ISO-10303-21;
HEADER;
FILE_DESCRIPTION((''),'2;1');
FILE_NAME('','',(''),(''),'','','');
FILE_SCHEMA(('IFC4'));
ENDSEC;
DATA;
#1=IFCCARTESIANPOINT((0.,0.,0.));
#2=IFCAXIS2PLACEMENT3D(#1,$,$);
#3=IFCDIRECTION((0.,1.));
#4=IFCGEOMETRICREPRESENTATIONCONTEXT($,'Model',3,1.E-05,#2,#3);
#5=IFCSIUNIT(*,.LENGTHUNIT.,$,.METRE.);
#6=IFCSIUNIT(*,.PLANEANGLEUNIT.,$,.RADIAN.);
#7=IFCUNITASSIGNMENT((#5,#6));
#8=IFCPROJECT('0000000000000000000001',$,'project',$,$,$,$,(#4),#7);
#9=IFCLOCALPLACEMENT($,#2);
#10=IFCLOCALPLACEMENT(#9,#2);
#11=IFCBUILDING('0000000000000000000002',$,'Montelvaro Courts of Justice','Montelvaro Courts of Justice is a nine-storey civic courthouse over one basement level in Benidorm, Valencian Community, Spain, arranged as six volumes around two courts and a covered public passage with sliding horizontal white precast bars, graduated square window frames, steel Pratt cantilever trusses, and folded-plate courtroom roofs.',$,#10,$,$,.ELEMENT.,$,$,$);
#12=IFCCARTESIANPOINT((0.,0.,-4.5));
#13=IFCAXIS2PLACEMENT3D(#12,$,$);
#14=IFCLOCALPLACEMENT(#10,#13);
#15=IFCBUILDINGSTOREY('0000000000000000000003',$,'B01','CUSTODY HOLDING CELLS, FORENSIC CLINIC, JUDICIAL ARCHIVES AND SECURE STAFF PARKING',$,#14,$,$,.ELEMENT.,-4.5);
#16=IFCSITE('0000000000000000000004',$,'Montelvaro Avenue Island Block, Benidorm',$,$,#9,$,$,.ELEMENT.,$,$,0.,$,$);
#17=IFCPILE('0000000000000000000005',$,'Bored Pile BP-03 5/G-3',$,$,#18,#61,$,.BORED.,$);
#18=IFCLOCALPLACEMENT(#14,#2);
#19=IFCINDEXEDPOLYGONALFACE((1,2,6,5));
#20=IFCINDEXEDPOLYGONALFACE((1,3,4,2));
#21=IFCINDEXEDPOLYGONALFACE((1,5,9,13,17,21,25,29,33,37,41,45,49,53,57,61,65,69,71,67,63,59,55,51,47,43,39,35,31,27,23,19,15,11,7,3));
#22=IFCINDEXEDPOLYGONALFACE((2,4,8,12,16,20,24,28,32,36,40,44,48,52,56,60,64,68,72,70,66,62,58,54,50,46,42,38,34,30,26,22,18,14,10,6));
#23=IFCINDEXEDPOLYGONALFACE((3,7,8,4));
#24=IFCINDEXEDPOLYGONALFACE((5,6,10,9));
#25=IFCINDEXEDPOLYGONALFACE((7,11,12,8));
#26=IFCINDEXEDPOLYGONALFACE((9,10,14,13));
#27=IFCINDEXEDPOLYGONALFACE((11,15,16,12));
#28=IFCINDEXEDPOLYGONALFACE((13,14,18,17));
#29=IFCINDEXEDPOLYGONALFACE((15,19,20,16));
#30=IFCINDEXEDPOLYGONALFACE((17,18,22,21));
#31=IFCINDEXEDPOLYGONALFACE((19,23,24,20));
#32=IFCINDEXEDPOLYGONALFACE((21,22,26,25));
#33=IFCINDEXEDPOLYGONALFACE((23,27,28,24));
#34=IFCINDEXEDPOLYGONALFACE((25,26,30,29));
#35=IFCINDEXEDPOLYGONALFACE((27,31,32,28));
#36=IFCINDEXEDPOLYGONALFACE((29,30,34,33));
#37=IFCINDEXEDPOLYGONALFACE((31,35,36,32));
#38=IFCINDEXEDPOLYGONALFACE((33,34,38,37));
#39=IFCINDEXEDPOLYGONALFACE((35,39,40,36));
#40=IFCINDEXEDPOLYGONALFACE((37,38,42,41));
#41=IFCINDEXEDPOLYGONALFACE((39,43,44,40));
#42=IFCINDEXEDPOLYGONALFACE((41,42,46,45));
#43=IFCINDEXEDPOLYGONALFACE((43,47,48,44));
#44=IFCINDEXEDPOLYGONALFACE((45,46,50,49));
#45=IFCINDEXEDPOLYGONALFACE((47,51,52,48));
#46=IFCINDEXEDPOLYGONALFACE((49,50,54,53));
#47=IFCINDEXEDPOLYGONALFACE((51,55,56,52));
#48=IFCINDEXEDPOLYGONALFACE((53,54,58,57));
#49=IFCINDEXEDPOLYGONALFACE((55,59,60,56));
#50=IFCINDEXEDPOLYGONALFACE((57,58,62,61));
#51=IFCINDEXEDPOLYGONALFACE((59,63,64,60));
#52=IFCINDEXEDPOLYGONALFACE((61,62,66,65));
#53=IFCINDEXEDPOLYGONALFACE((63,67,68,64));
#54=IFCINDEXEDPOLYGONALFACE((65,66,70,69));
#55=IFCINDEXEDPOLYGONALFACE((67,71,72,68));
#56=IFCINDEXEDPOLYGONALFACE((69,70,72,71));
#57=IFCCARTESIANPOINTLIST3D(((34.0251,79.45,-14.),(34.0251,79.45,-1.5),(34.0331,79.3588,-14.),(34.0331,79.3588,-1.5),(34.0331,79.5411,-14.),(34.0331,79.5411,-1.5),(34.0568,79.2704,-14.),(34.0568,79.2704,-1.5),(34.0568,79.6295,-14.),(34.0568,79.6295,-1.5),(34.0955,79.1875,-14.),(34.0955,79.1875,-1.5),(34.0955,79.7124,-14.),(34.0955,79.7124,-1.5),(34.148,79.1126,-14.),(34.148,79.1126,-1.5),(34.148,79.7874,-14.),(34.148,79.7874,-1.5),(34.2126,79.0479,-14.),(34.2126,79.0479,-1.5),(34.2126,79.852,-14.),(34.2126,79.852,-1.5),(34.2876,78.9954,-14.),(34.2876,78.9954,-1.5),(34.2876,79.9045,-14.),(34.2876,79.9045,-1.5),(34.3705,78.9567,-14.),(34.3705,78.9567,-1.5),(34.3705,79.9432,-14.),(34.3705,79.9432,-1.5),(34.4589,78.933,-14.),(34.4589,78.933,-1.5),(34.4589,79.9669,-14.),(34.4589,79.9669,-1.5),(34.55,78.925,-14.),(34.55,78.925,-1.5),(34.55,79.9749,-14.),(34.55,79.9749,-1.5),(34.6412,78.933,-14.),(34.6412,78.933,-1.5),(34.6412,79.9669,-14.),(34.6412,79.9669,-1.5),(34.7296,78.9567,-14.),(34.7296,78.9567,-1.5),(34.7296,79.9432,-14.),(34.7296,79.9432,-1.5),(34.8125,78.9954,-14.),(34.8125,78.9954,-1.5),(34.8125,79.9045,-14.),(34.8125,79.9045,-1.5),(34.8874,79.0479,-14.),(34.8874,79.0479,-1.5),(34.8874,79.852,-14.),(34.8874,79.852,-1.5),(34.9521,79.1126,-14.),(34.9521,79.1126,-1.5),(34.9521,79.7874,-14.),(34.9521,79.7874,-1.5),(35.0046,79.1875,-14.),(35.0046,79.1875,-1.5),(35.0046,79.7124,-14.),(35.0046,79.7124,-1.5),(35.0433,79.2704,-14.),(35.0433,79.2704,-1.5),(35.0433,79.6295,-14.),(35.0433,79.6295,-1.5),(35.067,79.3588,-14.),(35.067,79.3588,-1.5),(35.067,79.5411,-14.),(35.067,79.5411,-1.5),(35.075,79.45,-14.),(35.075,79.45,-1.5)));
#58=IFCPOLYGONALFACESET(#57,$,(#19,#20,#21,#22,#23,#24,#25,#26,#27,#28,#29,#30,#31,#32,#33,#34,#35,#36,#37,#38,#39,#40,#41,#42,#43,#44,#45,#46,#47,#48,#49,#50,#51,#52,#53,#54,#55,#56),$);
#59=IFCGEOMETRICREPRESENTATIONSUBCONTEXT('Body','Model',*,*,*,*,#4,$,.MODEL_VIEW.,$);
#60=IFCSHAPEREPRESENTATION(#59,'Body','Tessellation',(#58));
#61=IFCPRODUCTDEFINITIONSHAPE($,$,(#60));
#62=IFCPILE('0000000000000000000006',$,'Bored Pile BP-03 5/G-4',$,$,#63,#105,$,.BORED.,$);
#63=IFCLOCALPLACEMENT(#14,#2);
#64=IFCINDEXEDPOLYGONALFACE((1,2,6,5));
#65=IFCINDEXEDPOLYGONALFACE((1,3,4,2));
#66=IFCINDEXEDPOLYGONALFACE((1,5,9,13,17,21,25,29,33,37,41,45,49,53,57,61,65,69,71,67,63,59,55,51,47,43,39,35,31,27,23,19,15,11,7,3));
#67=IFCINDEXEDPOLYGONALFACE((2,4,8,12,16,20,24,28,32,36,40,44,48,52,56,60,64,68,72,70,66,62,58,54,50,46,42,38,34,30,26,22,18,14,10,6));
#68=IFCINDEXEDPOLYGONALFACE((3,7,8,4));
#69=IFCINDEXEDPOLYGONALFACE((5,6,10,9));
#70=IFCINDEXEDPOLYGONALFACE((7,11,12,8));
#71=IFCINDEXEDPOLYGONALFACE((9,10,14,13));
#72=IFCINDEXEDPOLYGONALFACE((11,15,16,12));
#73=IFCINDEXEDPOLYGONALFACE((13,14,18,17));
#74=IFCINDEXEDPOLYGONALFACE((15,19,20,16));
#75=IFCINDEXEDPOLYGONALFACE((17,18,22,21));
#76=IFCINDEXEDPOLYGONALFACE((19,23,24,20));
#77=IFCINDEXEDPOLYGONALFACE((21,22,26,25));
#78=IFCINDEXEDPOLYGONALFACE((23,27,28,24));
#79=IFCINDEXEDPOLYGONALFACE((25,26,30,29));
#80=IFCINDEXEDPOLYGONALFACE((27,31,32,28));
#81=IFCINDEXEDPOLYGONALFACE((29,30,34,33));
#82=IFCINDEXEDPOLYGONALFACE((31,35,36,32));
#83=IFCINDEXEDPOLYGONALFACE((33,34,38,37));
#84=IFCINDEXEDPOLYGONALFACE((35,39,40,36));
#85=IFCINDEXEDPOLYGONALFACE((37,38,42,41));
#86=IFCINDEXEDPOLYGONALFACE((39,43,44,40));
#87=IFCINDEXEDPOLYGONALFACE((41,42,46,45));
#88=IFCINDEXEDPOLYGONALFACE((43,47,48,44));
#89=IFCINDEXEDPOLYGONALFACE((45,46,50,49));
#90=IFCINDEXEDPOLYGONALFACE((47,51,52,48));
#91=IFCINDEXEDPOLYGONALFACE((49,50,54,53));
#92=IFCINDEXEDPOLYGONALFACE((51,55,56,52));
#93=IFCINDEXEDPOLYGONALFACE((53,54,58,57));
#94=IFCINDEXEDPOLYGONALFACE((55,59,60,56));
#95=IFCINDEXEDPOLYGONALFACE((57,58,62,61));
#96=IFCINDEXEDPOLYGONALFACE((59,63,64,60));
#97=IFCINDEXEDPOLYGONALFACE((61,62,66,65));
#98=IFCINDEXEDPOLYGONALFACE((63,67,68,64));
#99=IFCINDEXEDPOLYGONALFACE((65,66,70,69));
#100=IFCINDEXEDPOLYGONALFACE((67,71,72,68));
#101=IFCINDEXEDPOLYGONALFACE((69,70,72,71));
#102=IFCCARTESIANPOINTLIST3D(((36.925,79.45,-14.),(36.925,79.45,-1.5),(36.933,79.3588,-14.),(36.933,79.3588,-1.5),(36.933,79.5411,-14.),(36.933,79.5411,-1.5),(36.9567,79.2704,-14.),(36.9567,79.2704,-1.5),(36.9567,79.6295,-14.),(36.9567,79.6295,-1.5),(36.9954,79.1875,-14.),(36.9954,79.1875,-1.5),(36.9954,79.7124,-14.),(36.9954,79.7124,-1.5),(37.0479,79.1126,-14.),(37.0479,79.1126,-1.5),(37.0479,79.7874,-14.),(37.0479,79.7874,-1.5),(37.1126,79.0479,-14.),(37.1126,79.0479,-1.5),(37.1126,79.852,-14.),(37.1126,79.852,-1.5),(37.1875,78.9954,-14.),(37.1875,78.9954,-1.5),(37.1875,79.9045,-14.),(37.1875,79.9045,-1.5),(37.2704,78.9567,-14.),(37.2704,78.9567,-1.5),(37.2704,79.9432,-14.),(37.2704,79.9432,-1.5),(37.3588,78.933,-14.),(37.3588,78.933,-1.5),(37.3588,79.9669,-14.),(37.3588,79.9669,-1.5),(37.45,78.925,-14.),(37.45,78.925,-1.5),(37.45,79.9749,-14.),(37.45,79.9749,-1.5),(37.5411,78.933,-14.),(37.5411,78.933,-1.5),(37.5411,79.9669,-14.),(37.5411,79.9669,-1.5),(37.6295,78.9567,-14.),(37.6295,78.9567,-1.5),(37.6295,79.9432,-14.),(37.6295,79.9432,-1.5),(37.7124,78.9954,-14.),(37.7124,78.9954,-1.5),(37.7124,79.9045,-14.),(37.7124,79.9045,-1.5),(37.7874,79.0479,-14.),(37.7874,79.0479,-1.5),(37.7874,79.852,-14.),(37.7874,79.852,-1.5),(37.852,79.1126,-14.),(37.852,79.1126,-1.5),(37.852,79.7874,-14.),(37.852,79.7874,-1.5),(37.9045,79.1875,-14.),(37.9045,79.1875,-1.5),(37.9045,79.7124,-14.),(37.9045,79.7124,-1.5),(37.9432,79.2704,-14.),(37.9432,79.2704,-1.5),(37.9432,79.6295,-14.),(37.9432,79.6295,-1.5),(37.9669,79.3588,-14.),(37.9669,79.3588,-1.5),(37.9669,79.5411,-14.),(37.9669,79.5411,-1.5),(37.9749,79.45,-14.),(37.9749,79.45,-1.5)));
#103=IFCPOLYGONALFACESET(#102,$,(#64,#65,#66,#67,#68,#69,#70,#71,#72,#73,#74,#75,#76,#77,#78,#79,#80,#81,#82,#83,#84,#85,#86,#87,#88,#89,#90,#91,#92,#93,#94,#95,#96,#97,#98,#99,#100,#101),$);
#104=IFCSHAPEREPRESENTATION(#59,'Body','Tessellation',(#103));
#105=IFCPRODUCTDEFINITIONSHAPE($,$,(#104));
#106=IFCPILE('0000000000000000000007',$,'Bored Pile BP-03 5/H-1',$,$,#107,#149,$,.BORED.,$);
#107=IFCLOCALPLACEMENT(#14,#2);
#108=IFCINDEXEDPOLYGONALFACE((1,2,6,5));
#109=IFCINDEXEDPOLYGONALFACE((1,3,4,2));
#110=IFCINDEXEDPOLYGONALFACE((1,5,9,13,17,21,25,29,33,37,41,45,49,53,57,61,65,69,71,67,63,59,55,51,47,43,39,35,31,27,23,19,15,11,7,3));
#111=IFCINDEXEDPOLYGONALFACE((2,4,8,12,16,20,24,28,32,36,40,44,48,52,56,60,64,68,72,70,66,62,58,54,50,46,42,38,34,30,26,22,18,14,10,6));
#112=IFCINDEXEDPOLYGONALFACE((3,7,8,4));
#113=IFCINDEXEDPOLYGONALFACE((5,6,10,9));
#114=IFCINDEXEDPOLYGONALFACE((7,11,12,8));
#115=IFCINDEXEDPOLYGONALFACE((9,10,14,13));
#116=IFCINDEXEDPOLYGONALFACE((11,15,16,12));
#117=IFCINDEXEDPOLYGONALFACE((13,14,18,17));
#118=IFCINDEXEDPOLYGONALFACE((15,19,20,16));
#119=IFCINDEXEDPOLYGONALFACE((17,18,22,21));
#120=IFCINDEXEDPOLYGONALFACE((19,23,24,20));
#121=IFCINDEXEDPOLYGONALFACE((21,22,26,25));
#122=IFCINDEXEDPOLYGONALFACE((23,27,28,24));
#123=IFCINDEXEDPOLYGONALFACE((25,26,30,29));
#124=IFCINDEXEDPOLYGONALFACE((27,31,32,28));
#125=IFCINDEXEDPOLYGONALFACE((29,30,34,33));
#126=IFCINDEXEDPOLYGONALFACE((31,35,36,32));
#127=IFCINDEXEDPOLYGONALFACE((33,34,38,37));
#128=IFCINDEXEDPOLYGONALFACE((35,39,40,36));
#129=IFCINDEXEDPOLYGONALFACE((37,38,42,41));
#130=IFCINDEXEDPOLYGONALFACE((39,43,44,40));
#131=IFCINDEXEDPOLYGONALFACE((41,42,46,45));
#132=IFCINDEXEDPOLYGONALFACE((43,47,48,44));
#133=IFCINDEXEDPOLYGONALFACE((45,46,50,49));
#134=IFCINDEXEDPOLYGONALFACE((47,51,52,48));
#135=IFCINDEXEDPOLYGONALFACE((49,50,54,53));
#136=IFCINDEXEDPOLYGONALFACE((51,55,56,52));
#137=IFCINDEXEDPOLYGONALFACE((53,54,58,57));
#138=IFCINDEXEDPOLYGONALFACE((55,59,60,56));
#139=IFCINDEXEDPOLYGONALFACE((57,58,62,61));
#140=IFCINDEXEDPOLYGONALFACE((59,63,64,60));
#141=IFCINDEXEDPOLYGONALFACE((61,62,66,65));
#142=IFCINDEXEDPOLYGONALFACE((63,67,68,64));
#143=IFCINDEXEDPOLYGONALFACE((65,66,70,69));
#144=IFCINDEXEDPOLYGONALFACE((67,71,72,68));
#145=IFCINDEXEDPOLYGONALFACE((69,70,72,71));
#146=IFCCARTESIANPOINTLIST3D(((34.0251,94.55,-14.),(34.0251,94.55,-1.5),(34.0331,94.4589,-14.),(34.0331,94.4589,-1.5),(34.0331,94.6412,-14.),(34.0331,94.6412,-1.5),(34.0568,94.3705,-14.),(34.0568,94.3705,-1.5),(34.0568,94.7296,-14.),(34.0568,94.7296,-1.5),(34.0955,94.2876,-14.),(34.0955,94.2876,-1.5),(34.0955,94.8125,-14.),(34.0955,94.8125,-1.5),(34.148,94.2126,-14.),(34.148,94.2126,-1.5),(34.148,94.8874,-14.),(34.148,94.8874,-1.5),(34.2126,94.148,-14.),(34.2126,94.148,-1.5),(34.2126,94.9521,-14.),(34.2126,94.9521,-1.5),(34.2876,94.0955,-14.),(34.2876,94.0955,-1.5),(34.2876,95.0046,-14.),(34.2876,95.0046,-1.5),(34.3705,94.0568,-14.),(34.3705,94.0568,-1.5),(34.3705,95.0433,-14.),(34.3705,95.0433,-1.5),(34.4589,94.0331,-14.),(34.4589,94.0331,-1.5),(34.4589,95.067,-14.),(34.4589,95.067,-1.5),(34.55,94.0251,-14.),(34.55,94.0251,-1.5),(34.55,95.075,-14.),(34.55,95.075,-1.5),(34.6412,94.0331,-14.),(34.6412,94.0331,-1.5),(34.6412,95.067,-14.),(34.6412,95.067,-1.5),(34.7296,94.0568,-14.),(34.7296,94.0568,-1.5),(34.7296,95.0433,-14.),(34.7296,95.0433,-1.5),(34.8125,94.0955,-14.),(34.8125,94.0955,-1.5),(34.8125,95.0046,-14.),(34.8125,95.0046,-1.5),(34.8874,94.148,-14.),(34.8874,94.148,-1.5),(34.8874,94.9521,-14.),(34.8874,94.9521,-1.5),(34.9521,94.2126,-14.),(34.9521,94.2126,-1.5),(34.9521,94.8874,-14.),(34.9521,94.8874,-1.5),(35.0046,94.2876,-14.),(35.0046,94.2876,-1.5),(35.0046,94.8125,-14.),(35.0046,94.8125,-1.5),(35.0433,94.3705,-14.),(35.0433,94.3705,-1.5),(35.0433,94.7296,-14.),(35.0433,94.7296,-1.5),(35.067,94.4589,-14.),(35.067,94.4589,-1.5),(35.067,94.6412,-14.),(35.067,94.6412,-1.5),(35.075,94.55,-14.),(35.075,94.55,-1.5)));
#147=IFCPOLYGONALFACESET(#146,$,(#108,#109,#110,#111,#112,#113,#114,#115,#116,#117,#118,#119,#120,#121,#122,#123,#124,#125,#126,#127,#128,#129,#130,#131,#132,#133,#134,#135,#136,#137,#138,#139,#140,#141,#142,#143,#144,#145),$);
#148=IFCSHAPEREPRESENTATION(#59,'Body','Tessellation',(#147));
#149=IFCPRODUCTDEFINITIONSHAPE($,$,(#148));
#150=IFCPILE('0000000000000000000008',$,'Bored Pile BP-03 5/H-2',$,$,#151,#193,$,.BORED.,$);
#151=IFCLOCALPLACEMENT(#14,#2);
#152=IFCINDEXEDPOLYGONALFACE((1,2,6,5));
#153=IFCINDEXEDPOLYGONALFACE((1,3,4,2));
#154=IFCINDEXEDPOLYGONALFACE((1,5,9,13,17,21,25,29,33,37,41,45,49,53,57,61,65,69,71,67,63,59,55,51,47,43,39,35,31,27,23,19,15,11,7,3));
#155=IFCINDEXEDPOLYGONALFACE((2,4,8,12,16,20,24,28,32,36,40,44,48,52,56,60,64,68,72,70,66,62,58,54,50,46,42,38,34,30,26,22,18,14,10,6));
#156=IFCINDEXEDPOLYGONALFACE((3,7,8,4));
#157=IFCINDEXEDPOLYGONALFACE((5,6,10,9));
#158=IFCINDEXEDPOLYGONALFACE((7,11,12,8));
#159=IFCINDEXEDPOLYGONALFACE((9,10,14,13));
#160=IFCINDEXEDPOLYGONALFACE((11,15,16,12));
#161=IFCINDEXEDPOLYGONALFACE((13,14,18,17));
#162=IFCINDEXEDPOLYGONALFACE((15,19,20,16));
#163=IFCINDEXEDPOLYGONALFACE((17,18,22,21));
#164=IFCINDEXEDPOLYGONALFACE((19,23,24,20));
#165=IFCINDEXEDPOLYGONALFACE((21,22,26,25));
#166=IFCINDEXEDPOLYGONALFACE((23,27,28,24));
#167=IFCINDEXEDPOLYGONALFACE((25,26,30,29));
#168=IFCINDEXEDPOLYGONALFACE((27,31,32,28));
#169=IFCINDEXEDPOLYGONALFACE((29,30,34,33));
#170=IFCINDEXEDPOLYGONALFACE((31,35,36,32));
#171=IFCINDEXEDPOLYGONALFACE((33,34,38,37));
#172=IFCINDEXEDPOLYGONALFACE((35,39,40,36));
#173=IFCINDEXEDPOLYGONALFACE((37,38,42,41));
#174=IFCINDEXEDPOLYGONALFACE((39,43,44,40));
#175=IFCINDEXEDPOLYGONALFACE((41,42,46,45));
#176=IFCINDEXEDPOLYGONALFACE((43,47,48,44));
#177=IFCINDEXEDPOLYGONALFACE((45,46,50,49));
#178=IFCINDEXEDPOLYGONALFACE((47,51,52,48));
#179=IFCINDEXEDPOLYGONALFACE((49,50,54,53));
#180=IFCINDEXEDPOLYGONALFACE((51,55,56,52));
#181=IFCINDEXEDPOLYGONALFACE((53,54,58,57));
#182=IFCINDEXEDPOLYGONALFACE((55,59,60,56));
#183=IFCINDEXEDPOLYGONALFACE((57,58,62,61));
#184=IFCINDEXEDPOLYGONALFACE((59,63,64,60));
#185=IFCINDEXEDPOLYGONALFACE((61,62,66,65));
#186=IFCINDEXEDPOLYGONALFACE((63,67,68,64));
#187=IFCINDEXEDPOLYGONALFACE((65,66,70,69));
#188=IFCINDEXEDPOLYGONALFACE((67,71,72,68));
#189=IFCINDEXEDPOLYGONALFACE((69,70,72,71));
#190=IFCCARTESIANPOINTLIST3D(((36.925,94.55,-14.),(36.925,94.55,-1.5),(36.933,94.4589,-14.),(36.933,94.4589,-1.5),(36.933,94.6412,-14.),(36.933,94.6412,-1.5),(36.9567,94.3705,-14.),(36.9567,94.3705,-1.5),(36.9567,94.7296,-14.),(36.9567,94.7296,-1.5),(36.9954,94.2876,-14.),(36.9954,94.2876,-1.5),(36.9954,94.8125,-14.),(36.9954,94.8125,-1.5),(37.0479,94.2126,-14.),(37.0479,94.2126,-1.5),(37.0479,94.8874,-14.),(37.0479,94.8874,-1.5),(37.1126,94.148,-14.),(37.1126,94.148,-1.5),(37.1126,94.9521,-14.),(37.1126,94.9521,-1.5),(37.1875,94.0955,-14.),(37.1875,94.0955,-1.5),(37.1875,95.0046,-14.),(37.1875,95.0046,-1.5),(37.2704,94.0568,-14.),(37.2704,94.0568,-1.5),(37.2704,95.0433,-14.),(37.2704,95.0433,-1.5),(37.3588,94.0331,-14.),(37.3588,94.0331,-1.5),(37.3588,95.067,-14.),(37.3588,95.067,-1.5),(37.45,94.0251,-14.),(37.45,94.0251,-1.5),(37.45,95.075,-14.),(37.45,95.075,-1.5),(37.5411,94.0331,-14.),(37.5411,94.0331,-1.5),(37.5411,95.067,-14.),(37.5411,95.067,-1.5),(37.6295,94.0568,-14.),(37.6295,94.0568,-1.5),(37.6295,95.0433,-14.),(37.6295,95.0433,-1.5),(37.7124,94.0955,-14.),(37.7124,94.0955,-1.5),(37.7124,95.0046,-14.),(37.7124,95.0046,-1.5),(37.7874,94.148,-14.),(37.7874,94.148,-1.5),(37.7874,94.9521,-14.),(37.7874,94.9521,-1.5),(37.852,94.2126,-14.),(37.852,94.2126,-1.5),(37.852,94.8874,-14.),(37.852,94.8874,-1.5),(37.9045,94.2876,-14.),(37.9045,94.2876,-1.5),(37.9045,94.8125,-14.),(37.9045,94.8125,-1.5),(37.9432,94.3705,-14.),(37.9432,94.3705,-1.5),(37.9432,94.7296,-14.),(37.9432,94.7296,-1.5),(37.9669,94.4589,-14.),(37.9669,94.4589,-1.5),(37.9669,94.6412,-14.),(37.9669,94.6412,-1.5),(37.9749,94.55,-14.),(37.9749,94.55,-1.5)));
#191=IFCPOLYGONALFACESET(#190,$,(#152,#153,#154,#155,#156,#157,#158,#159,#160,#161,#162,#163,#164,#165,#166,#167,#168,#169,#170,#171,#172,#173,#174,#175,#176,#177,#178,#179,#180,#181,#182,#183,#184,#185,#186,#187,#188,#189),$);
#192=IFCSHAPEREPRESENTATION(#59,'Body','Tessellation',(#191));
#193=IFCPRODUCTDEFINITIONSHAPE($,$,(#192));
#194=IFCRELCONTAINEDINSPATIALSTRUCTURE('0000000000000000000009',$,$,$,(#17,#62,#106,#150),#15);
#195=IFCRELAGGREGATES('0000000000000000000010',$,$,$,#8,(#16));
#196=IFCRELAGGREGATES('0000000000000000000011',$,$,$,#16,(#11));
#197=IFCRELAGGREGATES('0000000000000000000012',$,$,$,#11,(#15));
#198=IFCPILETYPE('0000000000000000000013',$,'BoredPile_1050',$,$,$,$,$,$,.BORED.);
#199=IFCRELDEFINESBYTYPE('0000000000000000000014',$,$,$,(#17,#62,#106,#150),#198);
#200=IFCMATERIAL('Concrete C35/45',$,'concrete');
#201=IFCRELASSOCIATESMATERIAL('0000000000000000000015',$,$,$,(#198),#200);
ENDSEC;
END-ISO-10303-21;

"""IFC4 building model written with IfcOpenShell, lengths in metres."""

from ifc_helpers import new_model, si_unit, direction, frame, origin, origin_2d, place, context, subcontext, project, spatial, circle, extrude, material, material_profile, profile_set, type_object, element, save


model = new_model("IFC4")

# Units and contexts
model_context = context("Model", 3, precision=1e-05, world=origin(), true_north=direction((0.0, 1.0)))
body_context = subcontext(model_context, "Body", "Model", "MODEL_VIEW")
ifc_project = project(units=[si_unit("LENGTHUNIT", "METRE"), si_unit("PLANEANGLEUNIT", "RADIAN")], contexts=[model_context])

# Site, building, storey
site_placement = place(None, origin())
site = spatial("IfcSite", under=ifc_project, at=site_placement, Name="Montelvaro Avenue Island Block, Benidorm", CompositionType="ELEMENT", RefElevation=0.0)
building_placement = place(site_placement, origin())
building = spatial("IfcBuilding", under=site, at=building_placement, Name="Montelvaro Courts of Justice", Description="Montelvaro Courts of Justice is a nine-storey civic courthouse over one basement level in Benidorm, Valencian Community, Spain, arranged as six volumes around two courts and a covered public passage with sliding horizontal white precast bars, graduated square window frames, steel Pratt cantilever trusses, and folded-plate courtroom roofs.", CompositionType="ELEMENT")
storey_placement = place(building_placement, frame((0.0, 0.0, -4.5)))
storey = spatial("IfcBuildingStorey", under=building, at=storey_placement, Name="B01", Description="CUSTODY HOLDING CELLS, FORENSIC CLINIC, JUDICIAL ARCHIVES AND SECURE STAFF PARKING", CompositionType="ELEMENT", Elevation=-4.5)

# Piles
ifc_material_1 = material(Name="Concrete C35/45", Category="concrete")
ifc_material_profile_1 = material_profile(ifc_material_1, circle(Radius=0.5249, at=origin_2d()), Name="BORED PILE D1050")
ifc_profile_set_1 = profile_set([ifc_material_profile_1], Name="Concrete C35/45")
pile_type_1 = type_object("IfcPileType", Name="BoredPile_1050", PredefinedType="BORED", material=ifc_profile_set_1)
for number, where, z_axis, x_axis, name in (
    (1, (34.55, 79.45, -1.5), (0.0, 0.0, -1.0), (1.0, 0.0, 0.0), "Bored Pile BP-03 5/G-3"),
    (2, (37.45, 79.45, -1.5), (0.0, 0.0, -1.0), (1.0, 0.0, 0.0), "Bored Pile BP-03 5/G-4"),
    (3, (34.55, 94.55, -1.5), (0.0, 0.0, -1.0), (1.0, 0.0, 0.0), "Bored Pile BP-03 5/H-1"),
    (4, (37.45, 94.55, -1.5), (0.0, 0.0, -1.0), (1.0, 0.0, 0.0), "Bored Pile BP-03 5/H-2"),
):
    element("IfcPile", number, at=place(storey_placement, frame(where, z_axis=z_axis, x_axis=x_axis)), inside=storey, type_object=pile_type_1, Name=name, PredefinedType="BORED", context=body_context, shape_type="SweptSolid", body=[
        extrude(circle(Radius=0.5249, at=origin_2d()), origin(), (0.0, 0.0, 1.0), 12.5),
    ])

save(model, "model.ifc")
